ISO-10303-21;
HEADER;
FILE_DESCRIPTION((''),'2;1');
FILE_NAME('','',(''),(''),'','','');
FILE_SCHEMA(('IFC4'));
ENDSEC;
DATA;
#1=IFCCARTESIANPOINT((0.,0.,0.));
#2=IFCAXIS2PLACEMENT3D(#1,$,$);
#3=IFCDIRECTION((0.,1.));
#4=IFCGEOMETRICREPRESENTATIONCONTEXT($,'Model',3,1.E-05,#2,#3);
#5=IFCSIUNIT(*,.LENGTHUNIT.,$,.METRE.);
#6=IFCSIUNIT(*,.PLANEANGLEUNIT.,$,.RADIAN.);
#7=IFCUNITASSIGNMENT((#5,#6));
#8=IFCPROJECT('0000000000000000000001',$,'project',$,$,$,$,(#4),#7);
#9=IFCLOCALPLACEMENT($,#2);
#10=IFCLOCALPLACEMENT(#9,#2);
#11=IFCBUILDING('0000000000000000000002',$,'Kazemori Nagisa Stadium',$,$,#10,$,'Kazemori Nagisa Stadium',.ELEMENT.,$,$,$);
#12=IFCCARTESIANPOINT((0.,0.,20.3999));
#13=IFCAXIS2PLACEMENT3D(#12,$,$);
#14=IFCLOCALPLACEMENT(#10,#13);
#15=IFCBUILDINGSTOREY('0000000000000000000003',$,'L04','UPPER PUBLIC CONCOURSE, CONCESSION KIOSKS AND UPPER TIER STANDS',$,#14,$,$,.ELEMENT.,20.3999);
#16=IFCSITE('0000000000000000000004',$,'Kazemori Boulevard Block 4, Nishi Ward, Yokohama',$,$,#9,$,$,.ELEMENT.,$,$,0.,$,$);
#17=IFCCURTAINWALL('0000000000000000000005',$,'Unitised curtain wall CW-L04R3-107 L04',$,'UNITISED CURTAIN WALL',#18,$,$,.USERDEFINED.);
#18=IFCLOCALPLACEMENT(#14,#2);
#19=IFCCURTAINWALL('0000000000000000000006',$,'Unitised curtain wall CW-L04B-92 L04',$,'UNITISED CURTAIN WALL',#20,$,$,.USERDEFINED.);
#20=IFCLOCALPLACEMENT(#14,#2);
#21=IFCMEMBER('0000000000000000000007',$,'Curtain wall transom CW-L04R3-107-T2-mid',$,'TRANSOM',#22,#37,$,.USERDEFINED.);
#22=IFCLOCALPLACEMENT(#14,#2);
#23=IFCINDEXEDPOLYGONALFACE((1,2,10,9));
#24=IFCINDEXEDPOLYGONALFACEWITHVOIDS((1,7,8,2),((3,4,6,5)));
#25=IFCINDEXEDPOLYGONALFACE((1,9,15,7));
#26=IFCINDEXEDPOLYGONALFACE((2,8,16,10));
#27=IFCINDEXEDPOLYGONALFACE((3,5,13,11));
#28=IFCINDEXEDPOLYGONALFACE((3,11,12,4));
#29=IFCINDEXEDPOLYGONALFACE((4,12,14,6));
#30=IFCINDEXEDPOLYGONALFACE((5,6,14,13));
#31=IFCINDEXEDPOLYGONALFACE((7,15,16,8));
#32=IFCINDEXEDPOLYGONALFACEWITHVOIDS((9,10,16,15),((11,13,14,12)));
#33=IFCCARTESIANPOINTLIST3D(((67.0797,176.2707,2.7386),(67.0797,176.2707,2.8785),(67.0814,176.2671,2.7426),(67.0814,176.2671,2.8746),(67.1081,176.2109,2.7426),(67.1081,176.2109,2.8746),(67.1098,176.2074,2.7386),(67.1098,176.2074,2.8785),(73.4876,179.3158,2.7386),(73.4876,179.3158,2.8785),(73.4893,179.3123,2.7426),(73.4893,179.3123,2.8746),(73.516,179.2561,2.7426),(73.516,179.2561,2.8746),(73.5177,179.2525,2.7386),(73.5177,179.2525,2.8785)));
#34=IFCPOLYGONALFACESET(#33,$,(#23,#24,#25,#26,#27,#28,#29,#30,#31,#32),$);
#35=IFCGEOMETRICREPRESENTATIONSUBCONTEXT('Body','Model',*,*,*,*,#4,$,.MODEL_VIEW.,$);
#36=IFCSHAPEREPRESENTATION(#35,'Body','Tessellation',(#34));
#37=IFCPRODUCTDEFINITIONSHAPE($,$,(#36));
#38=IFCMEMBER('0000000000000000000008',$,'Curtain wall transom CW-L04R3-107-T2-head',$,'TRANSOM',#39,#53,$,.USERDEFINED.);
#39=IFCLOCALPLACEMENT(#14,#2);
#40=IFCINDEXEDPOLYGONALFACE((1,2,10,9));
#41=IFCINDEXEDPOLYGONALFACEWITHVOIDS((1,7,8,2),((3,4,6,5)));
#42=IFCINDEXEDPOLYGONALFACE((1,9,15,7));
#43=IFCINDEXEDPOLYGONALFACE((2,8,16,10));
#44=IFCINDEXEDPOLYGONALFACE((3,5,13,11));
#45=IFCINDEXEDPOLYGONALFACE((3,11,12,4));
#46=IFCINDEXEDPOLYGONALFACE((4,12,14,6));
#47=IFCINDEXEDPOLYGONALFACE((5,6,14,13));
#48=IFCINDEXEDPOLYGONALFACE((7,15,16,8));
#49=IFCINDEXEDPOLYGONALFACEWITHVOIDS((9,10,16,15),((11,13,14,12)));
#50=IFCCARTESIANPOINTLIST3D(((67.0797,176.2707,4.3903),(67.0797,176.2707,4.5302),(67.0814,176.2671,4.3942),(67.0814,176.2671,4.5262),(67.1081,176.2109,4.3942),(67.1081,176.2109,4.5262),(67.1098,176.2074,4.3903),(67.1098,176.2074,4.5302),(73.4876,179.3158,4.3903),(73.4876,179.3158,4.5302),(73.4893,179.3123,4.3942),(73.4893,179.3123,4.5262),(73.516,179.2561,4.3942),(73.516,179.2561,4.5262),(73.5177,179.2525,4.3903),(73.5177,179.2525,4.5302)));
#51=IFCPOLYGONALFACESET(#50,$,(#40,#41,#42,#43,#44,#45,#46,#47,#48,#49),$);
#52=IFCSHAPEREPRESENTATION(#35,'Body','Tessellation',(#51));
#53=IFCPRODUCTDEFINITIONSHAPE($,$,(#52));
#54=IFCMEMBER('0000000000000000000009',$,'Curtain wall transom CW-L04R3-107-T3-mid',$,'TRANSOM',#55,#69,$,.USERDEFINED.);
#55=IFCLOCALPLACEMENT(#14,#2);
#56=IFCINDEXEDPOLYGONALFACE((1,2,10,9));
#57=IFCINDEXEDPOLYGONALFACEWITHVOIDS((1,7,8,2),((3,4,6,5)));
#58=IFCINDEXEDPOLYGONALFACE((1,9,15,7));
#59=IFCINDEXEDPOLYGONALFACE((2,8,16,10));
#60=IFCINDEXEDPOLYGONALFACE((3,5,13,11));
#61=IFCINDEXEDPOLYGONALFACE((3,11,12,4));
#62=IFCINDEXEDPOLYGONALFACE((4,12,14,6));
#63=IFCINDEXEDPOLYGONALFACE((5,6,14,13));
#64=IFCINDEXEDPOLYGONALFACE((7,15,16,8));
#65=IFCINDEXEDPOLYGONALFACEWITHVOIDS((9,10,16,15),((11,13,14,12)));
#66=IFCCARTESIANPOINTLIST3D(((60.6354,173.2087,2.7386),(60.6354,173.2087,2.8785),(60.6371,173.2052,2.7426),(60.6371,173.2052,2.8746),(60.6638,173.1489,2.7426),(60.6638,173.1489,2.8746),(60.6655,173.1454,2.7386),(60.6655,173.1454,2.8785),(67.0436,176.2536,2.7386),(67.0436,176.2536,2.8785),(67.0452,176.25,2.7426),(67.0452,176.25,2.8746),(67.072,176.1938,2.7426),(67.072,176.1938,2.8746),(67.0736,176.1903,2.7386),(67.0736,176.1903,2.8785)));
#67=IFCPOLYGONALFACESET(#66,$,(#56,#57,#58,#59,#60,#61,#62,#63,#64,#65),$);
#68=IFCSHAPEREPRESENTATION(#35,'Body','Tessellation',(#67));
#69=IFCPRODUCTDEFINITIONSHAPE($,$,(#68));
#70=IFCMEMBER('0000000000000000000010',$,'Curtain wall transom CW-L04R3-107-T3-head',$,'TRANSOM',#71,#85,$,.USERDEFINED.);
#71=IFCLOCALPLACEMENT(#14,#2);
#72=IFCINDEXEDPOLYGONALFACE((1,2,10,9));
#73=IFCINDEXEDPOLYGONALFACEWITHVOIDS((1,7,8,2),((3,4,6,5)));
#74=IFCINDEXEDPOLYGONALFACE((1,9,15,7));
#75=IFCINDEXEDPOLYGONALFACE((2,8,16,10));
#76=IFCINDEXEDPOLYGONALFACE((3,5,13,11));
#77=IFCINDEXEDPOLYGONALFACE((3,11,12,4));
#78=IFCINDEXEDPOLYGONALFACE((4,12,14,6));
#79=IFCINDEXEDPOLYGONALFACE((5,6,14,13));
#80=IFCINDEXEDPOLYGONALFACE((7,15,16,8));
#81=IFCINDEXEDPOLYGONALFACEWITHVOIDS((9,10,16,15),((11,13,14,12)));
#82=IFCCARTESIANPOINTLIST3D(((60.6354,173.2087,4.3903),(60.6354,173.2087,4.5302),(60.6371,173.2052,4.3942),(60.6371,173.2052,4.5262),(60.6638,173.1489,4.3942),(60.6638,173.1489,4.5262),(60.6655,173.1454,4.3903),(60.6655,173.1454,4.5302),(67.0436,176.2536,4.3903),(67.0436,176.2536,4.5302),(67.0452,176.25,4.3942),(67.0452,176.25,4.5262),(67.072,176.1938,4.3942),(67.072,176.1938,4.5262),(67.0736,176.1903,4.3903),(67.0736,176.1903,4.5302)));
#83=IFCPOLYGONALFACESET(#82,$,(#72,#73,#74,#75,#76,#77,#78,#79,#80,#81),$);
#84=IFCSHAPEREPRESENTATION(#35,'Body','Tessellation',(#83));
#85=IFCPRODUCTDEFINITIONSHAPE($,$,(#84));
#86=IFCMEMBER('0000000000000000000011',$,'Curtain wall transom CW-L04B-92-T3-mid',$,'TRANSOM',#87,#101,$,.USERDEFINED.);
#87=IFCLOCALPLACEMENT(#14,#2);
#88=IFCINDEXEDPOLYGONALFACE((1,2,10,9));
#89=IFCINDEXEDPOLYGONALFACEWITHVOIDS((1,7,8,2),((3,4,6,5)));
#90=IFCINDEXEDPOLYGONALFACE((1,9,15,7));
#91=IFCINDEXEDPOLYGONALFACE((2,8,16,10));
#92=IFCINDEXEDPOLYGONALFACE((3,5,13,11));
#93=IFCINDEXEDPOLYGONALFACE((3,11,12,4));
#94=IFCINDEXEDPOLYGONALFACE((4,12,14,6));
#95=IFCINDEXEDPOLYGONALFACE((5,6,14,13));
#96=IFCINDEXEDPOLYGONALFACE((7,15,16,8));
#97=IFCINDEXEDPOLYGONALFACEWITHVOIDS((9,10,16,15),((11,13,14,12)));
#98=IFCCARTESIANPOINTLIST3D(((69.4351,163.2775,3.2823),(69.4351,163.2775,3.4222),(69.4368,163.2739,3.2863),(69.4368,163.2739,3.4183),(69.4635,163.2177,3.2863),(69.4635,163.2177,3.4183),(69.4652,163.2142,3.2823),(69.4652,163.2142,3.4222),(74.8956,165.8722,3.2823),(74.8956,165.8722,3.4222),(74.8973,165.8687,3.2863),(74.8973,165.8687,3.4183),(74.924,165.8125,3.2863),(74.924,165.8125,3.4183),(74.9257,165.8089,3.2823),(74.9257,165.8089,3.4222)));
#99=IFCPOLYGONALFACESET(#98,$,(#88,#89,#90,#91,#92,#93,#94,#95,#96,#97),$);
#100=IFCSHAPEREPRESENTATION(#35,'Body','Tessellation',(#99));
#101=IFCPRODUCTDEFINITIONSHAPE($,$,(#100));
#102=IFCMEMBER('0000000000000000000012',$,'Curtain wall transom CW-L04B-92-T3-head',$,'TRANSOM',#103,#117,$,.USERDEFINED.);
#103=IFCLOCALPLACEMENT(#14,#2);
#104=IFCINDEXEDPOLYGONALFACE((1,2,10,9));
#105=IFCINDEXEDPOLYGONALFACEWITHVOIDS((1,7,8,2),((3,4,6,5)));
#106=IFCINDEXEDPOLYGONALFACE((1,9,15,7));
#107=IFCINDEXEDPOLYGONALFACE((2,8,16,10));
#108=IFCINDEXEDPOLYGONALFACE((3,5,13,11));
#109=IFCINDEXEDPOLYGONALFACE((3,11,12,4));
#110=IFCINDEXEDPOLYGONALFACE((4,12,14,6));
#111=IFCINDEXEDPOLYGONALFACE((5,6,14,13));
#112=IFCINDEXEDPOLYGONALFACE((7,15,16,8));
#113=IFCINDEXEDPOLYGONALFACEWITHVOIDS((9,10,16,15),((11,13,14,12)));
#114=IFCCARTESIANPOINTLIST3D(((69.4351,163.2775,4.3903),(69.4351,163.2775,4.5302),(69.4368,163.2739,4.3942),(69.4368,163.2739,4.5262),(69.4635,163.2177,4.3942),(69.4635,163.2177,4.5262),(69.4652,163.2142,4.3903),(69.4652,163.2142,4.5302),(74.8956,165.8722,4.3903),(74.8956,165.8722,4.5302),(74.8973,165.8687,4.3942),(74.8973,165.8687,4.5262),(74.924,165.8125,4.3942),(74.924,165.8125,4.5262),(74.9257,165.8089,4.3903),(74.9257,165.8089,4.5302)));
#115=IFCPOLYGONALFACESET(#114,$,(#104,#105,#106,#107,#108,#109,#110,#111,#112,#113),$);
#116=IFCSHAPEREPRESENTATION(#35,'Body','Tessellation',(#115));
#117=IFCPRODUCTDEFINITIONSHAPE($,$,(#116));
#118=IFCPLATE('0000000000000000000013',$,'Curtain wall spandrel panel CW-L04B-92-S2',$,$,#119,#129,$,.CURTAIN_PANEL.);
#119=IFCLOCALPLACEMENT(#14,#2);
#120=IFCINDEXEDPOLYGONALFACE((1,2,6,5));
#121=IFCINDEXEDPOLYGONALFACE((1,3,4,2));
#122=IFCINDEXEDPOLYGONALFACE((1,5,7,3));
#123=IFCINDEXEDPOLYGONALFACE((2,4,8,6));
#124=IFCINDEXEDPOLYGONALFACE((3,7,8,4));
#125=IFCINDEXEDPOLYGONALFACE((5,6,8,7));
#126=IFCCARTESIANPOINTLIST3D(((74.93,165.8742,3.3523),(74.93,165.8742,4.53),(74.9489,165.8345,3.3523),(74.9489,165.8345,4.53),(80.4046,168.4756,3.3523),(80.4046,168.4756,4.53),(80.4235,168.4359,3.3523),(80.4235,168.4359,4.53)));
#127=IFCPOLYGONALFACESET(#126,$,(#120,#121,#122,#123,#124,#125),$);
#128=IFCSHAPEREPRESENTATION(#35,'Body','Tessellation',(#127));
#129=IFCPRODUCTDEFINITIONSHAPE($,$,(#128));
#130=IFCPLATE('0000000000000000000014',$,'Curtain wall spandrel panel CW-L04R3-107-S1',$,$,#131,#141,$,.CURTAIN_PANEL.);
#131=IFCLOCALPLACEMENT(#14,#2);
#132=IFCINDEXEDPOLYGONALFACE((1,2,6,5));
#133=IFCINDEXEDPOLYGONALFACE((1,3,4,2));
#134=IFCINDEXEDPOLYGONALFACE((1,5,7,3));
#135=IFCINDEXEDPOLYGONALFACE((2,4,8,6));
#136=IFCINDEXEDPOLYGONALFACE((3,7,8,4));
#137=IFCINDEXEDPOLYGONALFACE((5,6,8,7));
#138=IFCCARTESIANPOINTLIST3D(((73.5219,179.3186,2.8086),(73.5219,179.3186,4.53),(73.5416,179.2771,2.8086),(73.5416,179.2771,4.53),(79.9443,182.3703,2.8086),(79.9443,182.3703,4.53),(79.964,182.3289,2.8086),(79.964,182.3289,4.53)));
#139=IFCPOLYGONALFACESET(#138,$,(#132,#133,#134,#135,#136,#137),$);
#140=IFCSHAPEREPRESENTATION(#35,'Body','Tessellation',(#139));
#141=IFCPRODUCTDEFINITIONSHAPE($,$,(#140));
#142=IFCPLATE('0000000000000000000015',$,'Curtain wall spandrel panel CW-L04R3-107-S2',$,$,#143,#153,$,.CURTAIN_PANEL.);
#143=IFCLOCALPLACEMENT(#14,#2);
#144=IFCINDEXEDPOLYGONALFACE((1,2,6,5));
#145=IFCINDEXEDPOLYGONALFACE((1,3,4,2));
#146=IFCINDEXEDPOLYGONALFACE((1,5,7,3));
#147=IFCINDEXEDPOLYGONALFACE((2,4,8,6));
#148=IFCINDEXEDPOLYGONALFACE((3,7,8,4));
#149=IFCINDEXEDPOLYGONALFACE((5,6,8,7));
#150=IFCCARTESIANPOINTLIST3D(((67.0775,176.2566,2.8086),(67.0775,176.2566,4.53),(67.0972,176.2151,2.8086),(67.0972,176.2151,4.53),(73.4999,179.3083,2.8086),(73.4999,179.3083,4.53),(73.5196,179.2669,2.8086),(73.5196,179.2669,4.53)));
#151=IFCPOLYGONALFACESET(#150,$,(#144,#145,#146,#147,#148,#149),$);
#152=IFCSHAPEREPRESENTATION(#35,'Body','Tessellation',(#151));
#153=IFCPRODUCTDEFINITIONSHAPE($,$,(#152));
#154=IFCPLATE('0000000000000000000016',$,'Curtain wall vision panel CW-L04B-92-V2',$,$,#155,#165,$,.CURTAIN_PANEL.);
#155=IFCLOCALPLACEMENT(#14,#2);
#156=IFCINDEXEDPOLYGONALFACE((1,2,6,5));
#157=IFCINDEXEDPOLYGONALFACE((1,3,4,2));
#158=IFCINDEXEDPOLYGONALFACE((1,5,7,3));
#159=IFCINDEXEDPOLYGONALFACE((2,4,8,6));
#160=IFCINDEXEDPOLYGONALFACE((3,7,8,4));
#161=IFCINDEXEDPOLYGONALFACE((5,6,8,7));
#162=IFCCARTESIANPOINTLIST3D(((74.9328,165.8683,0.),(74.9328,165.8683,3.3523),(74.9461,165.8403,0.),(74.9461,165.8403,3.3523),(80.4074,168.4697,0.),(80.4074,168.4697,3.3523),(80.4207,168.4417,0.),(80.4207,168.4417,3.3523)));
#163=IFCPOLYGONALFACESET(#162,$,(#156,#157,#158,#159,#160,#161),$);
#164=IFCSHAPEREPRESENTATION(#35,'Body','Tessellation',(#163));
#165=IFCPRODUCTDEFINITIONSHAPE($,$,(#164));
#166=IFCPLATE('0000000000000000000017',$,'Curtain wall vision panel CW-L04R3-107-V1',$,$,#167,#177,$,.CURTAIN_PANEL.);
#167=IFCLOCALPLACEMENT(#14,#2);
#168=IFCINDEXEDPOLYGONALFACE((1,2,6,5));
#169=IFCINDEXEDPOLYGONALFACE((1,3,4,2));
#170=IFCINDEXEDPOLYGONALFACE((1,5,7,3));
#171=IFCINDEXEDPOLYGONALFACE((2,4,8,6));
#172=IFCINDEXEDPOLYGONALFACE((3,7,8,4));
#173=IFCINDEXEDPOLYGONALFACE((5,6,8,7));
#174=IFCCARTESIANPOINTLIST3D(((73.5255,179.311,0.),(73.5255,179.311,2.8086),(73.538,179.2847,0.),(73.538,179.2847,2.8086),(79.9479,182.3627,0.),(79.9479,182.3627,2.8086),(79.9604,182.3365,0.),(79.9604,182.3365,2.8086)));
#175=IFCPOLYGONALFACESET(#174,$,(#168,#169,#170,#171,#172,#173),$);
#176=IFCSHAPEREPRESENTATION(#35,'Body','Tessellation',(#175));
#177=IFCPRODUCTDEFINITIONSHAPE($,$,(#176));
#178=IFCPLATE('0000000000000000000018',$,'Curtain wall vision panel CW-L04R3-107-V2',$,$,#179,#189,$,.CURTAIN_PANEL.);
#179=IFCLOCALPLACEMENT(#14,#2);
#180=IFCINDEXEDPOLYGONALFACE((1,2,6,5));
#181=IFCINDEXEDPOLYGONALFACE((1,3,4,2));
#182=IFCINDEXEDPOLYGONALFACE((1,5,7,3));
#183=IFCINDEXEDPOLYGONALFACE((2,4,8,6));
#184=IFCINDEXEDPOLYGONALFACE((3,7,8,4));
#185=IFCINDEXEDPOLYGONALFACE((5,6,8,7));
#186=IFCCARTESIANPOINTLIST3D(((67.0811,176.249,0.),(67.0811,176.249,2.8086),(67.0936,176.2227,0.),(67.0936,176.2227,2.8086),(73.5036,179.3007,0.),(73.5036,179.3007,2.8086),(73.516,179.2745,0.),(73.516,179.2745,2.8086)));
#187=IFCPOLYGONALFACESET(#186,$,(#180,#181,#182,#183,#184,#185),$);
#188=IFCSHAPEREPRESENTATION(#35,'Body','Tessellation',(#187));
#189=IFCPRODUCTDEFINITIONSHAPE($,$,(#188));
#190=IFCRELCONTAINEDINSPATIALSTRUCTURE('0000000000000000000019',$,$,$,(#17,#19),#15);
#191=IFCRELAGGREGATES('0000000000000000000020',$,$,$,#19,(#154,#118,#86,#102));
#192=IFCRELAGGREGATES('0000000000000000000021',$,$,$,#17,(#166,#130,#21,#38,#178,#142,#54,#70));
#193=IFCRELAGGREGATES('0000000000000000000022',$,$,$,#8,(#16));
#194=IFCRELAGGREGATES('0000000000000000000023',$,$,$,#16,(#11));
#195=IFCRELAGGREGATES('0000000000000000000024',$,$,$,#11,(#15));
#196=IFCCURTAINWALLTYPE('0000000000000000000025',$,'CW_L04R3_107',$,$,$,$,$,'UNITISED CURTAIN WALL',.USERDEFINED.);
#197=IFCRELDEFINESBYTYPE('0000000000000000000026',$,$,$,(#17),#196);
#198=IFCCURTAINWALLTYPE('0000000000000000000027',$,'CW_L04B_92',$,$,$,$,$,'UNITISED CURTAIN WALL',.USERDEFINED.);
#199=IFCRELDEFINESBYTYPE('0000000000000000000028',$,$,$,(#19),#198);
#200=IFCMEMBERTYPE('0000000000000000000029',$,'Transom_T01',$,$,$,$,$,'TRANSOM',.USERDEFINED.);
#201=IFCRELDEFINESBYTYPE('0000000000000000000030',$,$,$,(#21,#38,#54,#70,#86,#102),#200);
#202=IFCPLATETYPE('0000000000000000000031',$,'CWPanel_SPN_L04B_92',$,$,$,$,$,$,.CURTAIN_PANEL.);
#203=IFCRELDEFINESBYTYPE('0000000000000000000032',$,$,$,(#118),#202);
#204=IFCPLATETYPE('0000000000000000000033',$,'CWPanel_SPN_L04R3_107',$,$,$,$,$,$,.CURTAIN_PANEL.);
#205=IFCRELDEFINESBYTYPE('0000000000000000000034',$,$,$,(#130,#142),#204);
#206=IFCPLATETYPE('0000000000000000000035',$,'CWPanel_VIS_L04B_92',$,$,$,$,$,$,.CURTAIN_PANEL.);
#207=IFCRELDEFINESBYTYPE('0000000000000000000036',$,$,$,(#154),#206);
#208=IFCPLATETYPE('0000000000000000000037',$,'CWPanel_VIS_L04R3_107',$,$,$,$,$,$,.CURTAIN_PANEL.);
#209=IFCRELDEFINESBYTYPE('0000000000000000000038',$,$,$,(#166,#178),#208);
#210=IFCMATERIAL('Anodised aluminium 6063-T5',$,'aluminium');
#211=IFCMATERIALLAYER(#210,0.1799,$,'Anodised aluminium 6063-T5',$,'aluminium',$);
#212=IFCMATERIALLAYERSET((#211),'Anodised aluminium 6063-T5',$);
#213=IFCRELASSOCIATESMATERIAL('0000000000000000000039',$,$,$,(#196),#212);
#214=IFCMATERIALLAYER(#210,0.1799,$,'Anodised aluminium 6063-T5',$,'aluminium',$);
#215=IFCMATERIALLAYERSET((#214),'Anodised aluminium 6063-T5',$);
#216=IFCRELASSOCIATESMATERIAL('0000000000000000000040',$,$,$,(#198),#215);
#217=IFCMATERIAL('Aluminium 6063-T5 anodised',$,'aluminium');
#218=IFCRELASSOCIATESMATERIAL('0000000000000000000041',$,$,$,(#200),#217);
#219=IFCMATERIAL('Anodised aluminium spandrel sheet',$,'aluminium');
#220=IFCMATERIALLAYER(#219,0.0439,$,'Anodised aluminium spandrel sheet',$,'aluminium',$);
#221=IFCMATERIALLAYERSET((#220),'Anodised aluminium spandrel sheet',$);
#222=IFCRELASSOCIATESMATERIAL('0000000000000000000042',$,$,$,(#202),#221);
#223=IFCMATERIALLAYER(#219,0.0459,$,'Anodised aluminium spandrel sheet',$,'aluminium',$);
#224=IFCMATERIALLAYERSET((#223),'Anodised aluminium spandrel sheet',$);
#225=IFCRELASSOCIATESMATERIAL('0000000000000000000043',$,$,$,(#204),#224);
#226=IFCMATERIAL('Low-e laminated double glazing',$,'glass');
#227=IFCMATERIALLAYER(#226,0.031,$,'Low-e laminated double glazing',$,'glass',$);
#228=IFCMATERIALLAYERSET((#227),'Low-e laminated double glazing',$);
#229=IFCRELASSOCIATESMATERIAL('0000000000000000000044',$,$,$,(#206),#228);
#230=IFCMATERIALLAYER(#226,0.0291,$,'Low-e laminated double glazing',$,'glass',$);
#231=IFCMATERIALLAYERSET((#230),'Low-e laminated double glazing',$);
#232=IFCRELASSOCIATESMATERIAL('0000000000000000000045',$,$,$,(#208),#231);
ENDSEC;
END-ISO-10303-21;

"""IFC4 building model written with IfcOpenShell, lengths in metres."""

from ifc_helpers import new_model, si_unit, direction, frame, origin, origin_2d, place, context, subcontext, project, spatial, rectangle, hollow_rectangle, extrude, material, layer, layer_set, material_profile, profile_set, type_object, element, aggregate, save


model = new_model("IFC4")

# Units and contexts
model_context = context("Model", 3, precision=1e-05, world=origin(), true_north=direction((0.0, 1.0)))
body_context = subcontext(model_context, "Body", "Model", "MODEL_VIEW")
ifc_project = project(units=[si_unit("LENGTHUNIT", "METRE"), si_unit("PLANEANGLEUNIT", "RADIAN")], contexts=[model_context])

# Site, building, storey
site_placement = place(None, origin())
site = spatial("IfcSite", under=ifc_project, at=site_placement, Name="Kazemori Boulevard Block 4, Nishi Ward, Yokohama", CompositionType="ELEMENT", RefElevation=0.0)
building_placement = place(site_placement, origin())
building = spatial("IfcBuilding", under=site, at=building_placement, Name="Kazemori Nagisa Stadium", LongName="Kazemori Nagisa Stadium", CompositionType="ELEMENT")
storey_placement = place(building_placement, frame((0.0, 0.0, 20.3999)))
storey = spatial("IfcBuildingStorey", under=building, at=storey_placement, Name="L04", Description="UPPER PUBLIC CONCOURSE, CONCESSION KIOSKS AND UPPER TIER STANDS", CompositionType="ELEMENT", Elevation=20.3999)

# Curtain wall
ifc_material_1 = material(Name="Anodised aluminium 6063-T5", Category="aluminium")
ifc_layer_1 = layer(ifc_material_1, 0.1799, Name="Anodised aluminium 6063-T5", Category="aluminium")
ifc_layer_set_1 = layer_set([ifc_layer_1], Name="Anodised aluminium 6063-T5")
curtain_wall_type_1 = type_object("IfcCurtainWallType", Name="CW_L04R3_107", ElementType="UNITISED CURTAIN WALL", PredefinedType="USERDEFINED", material=ifc_layer_set_1)
curtain_wall_1_placement = place(storey_placement, origin())
curtain_wall_1 = element("IfcCurtainWall", 1, at=curtain_wall_1_placement, inside=storey, type_object=curtain_wall_type_1, Name="Unitised curtain wall CW-L04R3-107 L04", ObjectType="UNITISED CURTAIN WALL", PredefinedType="USERDEFINED")
ifc_material_2 = material(Name="Aluminium 6063-T5 anodised", Category="aluminium")

# Curtain wall
ifc_layer_2 = layer(ifc_material_1, 0.1799, Name="Anodised aluminium 6063-T5", Category="aluminium")
ifc_layer_set_2 = layer_set([ifc_layer_2], Name="Anodised aluminium 6063-T5")
curtain_wall_type_2 = type_object("IfcCurtainWallType", Name="CW_L04B_92", ElementType="UNITISED CURTAIN WALL", PredefinedType="USERDEFINED", material=ifc_layer_set_2)
curtain_wall_2_placement = place(storey_placement, origin())
curtain_wall_2 = element("IfcCurtainWall", 2, at=curtain_wall_2_placement, inside=storey, type_object=curtain_wall_type_2, Name="Unitised curtain wall CW-L04B-92 L04", ObjectType="UNITISED CURTAIN WALL", PredefinedType="USERDEFINED")

# Members
ifc_material_profile_1 = material_profile(ifc_material_2, hollow_rectangle(XDim=0.0701, YDim=0.1399, WallThickness=0.0039, at=origin_2d()), Name="ALU-TRAN-70x140x4")
ifc_profile_set_1 = profile_set([ifc_material_profile_1], Name="Aluminium 6063-T5 anodised")
member_type_1 = type_object("IfcMemberType", Name="Transom_T01", ElementType="TRANSOM", PredefinedType="USERDEFINED", material=ifc_profile_set_1)
member_1_placement = place(storey_placement, frame((73.5027, 179.2842, 2.8086), z_axis=(-0.903202, -0.429216, 0.0), x_axis=(0.429216, -0.903202, 0.0)))
member_1 = element("IfcMember", 3, at=member_1_placement, type_object=member_type_1, Name="Curtain wall transom CW-L04R3-107-T2-mid", ObjectType="TRANSOM", PredefinedType="USERDEFINED", context=body_context, shape_type="SweptSolid", body=[
    extrude(hollow_rectangle(XDim=0.0701, YDim=0.1399, WallThickness=0.0039, at=origin_2d()), origin(), (0.0, 0.0, 1.0), 7.0947),
])
member_2_placement = place(storey_placement, frame((73.5027, 179.2842, 4.4602), z_axis=(-0.903202, -0.429216, 0.0), x_axis=(0.429216, -0.903202, 0.0)))
member_2 = element("IfcMember", 4, at=member_2_placement, type_object=member_type_1, Name="Curtain wall transom CW-L04R3-107-T2-head", ObjectType="TRANSOM", PredefinedType="USERDEFINED", context=body_context, shape_type="SweptSolid", body=[
    extrude(hollow_rectangle(XDim=0.0701, YDim=0.1399, WallThickness=0.0039, at=origin_2d()), origin(), (0.0, 0.0, 1.0), 7.0947),
])
member_3_placement = place(storey_placement, frame((67.0586, 176.2219, 2.8086), z_axis=(-0.903221, -0.429175, 0.0), x_axis=(0.429175, -0.903221, 0.0)))
member_3 = element("IfcMember", 5, at=member_3_placement, type_object=member_type_1, Name="Curtain wall transom CW-L04R3-107-T3-mid", ObjectType="TRANSOM", PredefinedType="USERDEFINED", context=body_context, shape_type="SweptSolid", body=[
    extrude(hollow_rectangle(XDim=0.0701, YDim=0.1399, WallThickness=0.0039, at=origin_2d()), origin(), (0.0, 0.0, 1.0), 7.0947),
])
member_4_placement = place(storey_placement, frame((67.0586, 176.2219, 4.4602), z_axis=(-0.903221, -0.429175, 0.0), x_axis=(0.429175, -0.903221, 0.0)))
member_4 = element("IfcMember", 6, at=member_4_placement, type_object=member_type_1, Name="Curtain wall transom CW-L04R3-107-T3-head", ObjectType="TRANSOM", PredefinedType="USERDEFINED", context=body_context, shape_type="SweptSolid", body=[
    extrude(hollow_rectangle(XDim=0.0701, YDim=0.1399, WallThickness=0.0039, at=origin_2d()), origin(), (0.0, 0.0, 1.0), 7.0947),
])
member_5_placement = place(storey_placement, frame((74.9106, 165.8406, 3.3523), z_axis=(-0.903213, -0.429194, 0.0), x_axis=(0.429194, -0.903213, 0.0)))
member_5 = element("IfcMember", 7, at=member_5_placement, type_object=member_type_1, Name="Curtain wall transom CW-L04B-92-T3-mid", ObjectType="TRANSOM", PredefinedType="USERDEFINED", context=body_context, shape_type="SweptSolid", body=[
    extrude(hollow_rectangle(XDim=0.0701, YDim=0.1399, WallThickness=0.0039, at=origin_2d()), origin(), (0.0, 0.0, 1.0), 6.0457),
])
member_6_placement = place(storey_placement, frame((74.9106, 165.8406, 4.4602), z_axis=(-0.903213, -0.429194, 0.0), x_axis=(0.429194, -0.903213, 0.0)))
member_6 = element("IfcMember", 8, at=member_6_placement, type_object=member_type_1, Name="Curtain wall transom CW-L04B-92-T3-head", ObjectType="TRANSOM", PredefinedType="USERDEFINED", context=body_context, shape_type="SweptSolid", body=[
    extrude(hollow_rectangle(XDim=0.0701, YDim=0.1399, WallThickness=0.0039, at=origin_2d()), origin(), (0.0, 0.0, 1.0), 6.0457),
])

# Plates
ifc_material_3 = material(Name="Anodised aluminium spandrel sheet", Category="aluminium")
ifc_layer_3 = layer(ifc_material_3, 0.0439, Name="Anodised aluminium spandrel sheet", Category="aluminium")
ifc_layer_set_3 = layer_set([ifc_layer_3], Name="Anodised aluminium spandrel sheet")
plate_type_1 = type_object("IfcPlateType", Name="CWPanel_SPN_L04B_92", PredefinedType="CURTAIN_PANEL", material=ifc_layer_set_3)
plate_1_placement = place(storey_placement, frame((77.6768, 167.155, 3.3523), z_axis=(0.0, 0.0, 1.0), x_axis=(-0.903216, -0.429186, 0.0)))
plate_1 = element("IfcPlate", 9, at=plate_1_placement, type_object=plate_type_1, Name="Curtain wall spandrel panel CW-L04B-92-S2", PredefinedType="CURTAIN_PANEL", context=body_context, shape_type="SweptSolid", body=[
    extrude(rectangle(XDim=6.0613, YDim=0.0439, at=origin_2d()), origin(), (0.0, 0.0, 1.0), 1.1777),
])
ifc_layer_4 = layer(ifc_material_3, 0.0459, Name="Anodised aluminium spandrel sheet", Category="aluminium")
ifc_layer_set_4 = layer_set([ifc_layer_4], Name="Anodised aluminium spandrel sheet")
plate_type_2 = type_object("IfcPlateType", Name="CWPanel_SPN_L04R3_107", PredefinedType="CURTAIN_PANEL", material=ifc_layer_set_4)
plate_2_placement = place(storey_placement, frame((76.7429, 180.8237, 2.8086), z_axis=(0.0, 0.0, 1.0), x_axis=(-0.903216, -0.429186, 0.0)))
plate_2 = element("IfcPlate", 10, at=plate_2_placement, type_object=plate_type_2, Name="Curtain wall spandrel panel CW-L04R3-107-S1", PredefinedType="CURTAIN_PANEL", context=body_context, shape_type="SweptSolid", body=[
    extrude(rectangle(XDim=7.1106, YDim=0.0459, at=origin_2d()), origin(), (0.0, 0.0, 1.0), 1.7214),
])
plate_3_placement = place(storey_placement, frame((70.2986, 177.7617, 2.8086), z_axis=(0.0, 0.0, 1.0), x_axis=(-0.903216, -0.429186, 0.0)))
plate_3 = element("IfcPlate", 11, at=plate_3_placement, type_object=plate_type_2, Name="Curtain wall spandrel panel CW-L04R3-107-S2", PredefinedType="CURTAIN_PANEL", context=body_context, shape_type="SweptSolid", body=[
    extrude(rectangle(XDim=7.1106, YDim=0.0459, at=origin_2d()), origin(), (0.0, 0.0, 1.0), 1.7214),
])
ifc_material_4 = material(Name="Low-e laminated double glazing", Category="glass")
ifc_layer_5 = layer(ifc_material_4, 0.031, Name="Low-e laminated double glazing", Category="glass")
ifc_layer_set_5 = layer_set([ifc_layer_5], Name="Low-e laminated double glazing")
plate_type_3 = type_object("IfcPlateType", Name="CWPanel_VIS_L04B_92", PredefinedType="CURTAIN_PANEL", material=ifc_layer_set_5)
plate_4_placement = place(storey_placement, frame((77.6768, 167.155, 0.0), z_axis=(0.0, 0.0, 1.0), x_axis=(-0.903216, -0.429186, 0.0)))
plate_4 = element("IfcPlate", 12, at=plate_4_placement, type_object=plate_type_3, Name="Curtain wall vision panel CW-L04B-92-V2", PredefinedType="CURTAIN_PANEL", context=body_context, shape_type="SweptSolid", body=[
    extrude(rectangle(XDim=6.0613, YDim=0.031, at=origin_2d()), origin(), (0.0, 0.0, 1.0), 3.3523),
])
aggregate(curtain_wall_2, [plate_4, plate_1, member_5, member_6])
ifc_layer_6 = layer(ifc_material_4, 0.0291, Name="Low-e laminated double glazing", Category="glass")
ifc_layer_set_6 = layer_set([ifc_layer_6], Name="Low-e laminated double glazing")
plate_type_4 = type_object("IfcPlateType", Name="CWPanel_VIS_L04R3_107", PredefinedType="CURTAIN_PANEL", material=ifc_layer_set_6)
plate_5_placement = place(storey_placement, frame((76.7429, 180.8237, 0.0), z_axis=(0.0, 0.0, 1.0), x_axis=(-0.903216, -0.429186, 0.0)))
plate_5 = element("IfcPlate", 13, at=plate_5_placement, type_object=plate_type_4, Name="Curtain wall vision panel CW-L04R3-107-V1", PredefinedType="CURTAIN_PANEL", context=body_context, shape_type="SweptSolid", body=[
    extrude(rectangle(XDim=7.1106, YDim=0.0291, at=origin_2d()), origin(), (0.0, 0.0, 1.0), 2.8086),
])
plate_6_placement = place(storey_placement, frame((70.2986, 177.7617, 0.0), z_axis=(0.0, 0.0, 1.0), x_axis=(-0.903216, -0.429186, 0.0)))
plate_6 = element("IfcPlate", 14, at=plate_6_placement, type_object=plate_type_4, Name="Curtain wall vision panel CW-L04R3-107-V2", PredefinedType="CURTAIN_PANEL", context=body_context, shape_type="SweptSolid", body=[
    extrude(rectangle(XDim=7.1106, YDim=0.0291, at=origin_2d()), origin(), (0.0, 0.0, 1.0), 2.8086),
])
aggregate(curtain_wall_1, [plate_5, plate_2, member_1, member_2, plate_6, plate_3, member_3, member_4])

save(model, "model.ifc")
